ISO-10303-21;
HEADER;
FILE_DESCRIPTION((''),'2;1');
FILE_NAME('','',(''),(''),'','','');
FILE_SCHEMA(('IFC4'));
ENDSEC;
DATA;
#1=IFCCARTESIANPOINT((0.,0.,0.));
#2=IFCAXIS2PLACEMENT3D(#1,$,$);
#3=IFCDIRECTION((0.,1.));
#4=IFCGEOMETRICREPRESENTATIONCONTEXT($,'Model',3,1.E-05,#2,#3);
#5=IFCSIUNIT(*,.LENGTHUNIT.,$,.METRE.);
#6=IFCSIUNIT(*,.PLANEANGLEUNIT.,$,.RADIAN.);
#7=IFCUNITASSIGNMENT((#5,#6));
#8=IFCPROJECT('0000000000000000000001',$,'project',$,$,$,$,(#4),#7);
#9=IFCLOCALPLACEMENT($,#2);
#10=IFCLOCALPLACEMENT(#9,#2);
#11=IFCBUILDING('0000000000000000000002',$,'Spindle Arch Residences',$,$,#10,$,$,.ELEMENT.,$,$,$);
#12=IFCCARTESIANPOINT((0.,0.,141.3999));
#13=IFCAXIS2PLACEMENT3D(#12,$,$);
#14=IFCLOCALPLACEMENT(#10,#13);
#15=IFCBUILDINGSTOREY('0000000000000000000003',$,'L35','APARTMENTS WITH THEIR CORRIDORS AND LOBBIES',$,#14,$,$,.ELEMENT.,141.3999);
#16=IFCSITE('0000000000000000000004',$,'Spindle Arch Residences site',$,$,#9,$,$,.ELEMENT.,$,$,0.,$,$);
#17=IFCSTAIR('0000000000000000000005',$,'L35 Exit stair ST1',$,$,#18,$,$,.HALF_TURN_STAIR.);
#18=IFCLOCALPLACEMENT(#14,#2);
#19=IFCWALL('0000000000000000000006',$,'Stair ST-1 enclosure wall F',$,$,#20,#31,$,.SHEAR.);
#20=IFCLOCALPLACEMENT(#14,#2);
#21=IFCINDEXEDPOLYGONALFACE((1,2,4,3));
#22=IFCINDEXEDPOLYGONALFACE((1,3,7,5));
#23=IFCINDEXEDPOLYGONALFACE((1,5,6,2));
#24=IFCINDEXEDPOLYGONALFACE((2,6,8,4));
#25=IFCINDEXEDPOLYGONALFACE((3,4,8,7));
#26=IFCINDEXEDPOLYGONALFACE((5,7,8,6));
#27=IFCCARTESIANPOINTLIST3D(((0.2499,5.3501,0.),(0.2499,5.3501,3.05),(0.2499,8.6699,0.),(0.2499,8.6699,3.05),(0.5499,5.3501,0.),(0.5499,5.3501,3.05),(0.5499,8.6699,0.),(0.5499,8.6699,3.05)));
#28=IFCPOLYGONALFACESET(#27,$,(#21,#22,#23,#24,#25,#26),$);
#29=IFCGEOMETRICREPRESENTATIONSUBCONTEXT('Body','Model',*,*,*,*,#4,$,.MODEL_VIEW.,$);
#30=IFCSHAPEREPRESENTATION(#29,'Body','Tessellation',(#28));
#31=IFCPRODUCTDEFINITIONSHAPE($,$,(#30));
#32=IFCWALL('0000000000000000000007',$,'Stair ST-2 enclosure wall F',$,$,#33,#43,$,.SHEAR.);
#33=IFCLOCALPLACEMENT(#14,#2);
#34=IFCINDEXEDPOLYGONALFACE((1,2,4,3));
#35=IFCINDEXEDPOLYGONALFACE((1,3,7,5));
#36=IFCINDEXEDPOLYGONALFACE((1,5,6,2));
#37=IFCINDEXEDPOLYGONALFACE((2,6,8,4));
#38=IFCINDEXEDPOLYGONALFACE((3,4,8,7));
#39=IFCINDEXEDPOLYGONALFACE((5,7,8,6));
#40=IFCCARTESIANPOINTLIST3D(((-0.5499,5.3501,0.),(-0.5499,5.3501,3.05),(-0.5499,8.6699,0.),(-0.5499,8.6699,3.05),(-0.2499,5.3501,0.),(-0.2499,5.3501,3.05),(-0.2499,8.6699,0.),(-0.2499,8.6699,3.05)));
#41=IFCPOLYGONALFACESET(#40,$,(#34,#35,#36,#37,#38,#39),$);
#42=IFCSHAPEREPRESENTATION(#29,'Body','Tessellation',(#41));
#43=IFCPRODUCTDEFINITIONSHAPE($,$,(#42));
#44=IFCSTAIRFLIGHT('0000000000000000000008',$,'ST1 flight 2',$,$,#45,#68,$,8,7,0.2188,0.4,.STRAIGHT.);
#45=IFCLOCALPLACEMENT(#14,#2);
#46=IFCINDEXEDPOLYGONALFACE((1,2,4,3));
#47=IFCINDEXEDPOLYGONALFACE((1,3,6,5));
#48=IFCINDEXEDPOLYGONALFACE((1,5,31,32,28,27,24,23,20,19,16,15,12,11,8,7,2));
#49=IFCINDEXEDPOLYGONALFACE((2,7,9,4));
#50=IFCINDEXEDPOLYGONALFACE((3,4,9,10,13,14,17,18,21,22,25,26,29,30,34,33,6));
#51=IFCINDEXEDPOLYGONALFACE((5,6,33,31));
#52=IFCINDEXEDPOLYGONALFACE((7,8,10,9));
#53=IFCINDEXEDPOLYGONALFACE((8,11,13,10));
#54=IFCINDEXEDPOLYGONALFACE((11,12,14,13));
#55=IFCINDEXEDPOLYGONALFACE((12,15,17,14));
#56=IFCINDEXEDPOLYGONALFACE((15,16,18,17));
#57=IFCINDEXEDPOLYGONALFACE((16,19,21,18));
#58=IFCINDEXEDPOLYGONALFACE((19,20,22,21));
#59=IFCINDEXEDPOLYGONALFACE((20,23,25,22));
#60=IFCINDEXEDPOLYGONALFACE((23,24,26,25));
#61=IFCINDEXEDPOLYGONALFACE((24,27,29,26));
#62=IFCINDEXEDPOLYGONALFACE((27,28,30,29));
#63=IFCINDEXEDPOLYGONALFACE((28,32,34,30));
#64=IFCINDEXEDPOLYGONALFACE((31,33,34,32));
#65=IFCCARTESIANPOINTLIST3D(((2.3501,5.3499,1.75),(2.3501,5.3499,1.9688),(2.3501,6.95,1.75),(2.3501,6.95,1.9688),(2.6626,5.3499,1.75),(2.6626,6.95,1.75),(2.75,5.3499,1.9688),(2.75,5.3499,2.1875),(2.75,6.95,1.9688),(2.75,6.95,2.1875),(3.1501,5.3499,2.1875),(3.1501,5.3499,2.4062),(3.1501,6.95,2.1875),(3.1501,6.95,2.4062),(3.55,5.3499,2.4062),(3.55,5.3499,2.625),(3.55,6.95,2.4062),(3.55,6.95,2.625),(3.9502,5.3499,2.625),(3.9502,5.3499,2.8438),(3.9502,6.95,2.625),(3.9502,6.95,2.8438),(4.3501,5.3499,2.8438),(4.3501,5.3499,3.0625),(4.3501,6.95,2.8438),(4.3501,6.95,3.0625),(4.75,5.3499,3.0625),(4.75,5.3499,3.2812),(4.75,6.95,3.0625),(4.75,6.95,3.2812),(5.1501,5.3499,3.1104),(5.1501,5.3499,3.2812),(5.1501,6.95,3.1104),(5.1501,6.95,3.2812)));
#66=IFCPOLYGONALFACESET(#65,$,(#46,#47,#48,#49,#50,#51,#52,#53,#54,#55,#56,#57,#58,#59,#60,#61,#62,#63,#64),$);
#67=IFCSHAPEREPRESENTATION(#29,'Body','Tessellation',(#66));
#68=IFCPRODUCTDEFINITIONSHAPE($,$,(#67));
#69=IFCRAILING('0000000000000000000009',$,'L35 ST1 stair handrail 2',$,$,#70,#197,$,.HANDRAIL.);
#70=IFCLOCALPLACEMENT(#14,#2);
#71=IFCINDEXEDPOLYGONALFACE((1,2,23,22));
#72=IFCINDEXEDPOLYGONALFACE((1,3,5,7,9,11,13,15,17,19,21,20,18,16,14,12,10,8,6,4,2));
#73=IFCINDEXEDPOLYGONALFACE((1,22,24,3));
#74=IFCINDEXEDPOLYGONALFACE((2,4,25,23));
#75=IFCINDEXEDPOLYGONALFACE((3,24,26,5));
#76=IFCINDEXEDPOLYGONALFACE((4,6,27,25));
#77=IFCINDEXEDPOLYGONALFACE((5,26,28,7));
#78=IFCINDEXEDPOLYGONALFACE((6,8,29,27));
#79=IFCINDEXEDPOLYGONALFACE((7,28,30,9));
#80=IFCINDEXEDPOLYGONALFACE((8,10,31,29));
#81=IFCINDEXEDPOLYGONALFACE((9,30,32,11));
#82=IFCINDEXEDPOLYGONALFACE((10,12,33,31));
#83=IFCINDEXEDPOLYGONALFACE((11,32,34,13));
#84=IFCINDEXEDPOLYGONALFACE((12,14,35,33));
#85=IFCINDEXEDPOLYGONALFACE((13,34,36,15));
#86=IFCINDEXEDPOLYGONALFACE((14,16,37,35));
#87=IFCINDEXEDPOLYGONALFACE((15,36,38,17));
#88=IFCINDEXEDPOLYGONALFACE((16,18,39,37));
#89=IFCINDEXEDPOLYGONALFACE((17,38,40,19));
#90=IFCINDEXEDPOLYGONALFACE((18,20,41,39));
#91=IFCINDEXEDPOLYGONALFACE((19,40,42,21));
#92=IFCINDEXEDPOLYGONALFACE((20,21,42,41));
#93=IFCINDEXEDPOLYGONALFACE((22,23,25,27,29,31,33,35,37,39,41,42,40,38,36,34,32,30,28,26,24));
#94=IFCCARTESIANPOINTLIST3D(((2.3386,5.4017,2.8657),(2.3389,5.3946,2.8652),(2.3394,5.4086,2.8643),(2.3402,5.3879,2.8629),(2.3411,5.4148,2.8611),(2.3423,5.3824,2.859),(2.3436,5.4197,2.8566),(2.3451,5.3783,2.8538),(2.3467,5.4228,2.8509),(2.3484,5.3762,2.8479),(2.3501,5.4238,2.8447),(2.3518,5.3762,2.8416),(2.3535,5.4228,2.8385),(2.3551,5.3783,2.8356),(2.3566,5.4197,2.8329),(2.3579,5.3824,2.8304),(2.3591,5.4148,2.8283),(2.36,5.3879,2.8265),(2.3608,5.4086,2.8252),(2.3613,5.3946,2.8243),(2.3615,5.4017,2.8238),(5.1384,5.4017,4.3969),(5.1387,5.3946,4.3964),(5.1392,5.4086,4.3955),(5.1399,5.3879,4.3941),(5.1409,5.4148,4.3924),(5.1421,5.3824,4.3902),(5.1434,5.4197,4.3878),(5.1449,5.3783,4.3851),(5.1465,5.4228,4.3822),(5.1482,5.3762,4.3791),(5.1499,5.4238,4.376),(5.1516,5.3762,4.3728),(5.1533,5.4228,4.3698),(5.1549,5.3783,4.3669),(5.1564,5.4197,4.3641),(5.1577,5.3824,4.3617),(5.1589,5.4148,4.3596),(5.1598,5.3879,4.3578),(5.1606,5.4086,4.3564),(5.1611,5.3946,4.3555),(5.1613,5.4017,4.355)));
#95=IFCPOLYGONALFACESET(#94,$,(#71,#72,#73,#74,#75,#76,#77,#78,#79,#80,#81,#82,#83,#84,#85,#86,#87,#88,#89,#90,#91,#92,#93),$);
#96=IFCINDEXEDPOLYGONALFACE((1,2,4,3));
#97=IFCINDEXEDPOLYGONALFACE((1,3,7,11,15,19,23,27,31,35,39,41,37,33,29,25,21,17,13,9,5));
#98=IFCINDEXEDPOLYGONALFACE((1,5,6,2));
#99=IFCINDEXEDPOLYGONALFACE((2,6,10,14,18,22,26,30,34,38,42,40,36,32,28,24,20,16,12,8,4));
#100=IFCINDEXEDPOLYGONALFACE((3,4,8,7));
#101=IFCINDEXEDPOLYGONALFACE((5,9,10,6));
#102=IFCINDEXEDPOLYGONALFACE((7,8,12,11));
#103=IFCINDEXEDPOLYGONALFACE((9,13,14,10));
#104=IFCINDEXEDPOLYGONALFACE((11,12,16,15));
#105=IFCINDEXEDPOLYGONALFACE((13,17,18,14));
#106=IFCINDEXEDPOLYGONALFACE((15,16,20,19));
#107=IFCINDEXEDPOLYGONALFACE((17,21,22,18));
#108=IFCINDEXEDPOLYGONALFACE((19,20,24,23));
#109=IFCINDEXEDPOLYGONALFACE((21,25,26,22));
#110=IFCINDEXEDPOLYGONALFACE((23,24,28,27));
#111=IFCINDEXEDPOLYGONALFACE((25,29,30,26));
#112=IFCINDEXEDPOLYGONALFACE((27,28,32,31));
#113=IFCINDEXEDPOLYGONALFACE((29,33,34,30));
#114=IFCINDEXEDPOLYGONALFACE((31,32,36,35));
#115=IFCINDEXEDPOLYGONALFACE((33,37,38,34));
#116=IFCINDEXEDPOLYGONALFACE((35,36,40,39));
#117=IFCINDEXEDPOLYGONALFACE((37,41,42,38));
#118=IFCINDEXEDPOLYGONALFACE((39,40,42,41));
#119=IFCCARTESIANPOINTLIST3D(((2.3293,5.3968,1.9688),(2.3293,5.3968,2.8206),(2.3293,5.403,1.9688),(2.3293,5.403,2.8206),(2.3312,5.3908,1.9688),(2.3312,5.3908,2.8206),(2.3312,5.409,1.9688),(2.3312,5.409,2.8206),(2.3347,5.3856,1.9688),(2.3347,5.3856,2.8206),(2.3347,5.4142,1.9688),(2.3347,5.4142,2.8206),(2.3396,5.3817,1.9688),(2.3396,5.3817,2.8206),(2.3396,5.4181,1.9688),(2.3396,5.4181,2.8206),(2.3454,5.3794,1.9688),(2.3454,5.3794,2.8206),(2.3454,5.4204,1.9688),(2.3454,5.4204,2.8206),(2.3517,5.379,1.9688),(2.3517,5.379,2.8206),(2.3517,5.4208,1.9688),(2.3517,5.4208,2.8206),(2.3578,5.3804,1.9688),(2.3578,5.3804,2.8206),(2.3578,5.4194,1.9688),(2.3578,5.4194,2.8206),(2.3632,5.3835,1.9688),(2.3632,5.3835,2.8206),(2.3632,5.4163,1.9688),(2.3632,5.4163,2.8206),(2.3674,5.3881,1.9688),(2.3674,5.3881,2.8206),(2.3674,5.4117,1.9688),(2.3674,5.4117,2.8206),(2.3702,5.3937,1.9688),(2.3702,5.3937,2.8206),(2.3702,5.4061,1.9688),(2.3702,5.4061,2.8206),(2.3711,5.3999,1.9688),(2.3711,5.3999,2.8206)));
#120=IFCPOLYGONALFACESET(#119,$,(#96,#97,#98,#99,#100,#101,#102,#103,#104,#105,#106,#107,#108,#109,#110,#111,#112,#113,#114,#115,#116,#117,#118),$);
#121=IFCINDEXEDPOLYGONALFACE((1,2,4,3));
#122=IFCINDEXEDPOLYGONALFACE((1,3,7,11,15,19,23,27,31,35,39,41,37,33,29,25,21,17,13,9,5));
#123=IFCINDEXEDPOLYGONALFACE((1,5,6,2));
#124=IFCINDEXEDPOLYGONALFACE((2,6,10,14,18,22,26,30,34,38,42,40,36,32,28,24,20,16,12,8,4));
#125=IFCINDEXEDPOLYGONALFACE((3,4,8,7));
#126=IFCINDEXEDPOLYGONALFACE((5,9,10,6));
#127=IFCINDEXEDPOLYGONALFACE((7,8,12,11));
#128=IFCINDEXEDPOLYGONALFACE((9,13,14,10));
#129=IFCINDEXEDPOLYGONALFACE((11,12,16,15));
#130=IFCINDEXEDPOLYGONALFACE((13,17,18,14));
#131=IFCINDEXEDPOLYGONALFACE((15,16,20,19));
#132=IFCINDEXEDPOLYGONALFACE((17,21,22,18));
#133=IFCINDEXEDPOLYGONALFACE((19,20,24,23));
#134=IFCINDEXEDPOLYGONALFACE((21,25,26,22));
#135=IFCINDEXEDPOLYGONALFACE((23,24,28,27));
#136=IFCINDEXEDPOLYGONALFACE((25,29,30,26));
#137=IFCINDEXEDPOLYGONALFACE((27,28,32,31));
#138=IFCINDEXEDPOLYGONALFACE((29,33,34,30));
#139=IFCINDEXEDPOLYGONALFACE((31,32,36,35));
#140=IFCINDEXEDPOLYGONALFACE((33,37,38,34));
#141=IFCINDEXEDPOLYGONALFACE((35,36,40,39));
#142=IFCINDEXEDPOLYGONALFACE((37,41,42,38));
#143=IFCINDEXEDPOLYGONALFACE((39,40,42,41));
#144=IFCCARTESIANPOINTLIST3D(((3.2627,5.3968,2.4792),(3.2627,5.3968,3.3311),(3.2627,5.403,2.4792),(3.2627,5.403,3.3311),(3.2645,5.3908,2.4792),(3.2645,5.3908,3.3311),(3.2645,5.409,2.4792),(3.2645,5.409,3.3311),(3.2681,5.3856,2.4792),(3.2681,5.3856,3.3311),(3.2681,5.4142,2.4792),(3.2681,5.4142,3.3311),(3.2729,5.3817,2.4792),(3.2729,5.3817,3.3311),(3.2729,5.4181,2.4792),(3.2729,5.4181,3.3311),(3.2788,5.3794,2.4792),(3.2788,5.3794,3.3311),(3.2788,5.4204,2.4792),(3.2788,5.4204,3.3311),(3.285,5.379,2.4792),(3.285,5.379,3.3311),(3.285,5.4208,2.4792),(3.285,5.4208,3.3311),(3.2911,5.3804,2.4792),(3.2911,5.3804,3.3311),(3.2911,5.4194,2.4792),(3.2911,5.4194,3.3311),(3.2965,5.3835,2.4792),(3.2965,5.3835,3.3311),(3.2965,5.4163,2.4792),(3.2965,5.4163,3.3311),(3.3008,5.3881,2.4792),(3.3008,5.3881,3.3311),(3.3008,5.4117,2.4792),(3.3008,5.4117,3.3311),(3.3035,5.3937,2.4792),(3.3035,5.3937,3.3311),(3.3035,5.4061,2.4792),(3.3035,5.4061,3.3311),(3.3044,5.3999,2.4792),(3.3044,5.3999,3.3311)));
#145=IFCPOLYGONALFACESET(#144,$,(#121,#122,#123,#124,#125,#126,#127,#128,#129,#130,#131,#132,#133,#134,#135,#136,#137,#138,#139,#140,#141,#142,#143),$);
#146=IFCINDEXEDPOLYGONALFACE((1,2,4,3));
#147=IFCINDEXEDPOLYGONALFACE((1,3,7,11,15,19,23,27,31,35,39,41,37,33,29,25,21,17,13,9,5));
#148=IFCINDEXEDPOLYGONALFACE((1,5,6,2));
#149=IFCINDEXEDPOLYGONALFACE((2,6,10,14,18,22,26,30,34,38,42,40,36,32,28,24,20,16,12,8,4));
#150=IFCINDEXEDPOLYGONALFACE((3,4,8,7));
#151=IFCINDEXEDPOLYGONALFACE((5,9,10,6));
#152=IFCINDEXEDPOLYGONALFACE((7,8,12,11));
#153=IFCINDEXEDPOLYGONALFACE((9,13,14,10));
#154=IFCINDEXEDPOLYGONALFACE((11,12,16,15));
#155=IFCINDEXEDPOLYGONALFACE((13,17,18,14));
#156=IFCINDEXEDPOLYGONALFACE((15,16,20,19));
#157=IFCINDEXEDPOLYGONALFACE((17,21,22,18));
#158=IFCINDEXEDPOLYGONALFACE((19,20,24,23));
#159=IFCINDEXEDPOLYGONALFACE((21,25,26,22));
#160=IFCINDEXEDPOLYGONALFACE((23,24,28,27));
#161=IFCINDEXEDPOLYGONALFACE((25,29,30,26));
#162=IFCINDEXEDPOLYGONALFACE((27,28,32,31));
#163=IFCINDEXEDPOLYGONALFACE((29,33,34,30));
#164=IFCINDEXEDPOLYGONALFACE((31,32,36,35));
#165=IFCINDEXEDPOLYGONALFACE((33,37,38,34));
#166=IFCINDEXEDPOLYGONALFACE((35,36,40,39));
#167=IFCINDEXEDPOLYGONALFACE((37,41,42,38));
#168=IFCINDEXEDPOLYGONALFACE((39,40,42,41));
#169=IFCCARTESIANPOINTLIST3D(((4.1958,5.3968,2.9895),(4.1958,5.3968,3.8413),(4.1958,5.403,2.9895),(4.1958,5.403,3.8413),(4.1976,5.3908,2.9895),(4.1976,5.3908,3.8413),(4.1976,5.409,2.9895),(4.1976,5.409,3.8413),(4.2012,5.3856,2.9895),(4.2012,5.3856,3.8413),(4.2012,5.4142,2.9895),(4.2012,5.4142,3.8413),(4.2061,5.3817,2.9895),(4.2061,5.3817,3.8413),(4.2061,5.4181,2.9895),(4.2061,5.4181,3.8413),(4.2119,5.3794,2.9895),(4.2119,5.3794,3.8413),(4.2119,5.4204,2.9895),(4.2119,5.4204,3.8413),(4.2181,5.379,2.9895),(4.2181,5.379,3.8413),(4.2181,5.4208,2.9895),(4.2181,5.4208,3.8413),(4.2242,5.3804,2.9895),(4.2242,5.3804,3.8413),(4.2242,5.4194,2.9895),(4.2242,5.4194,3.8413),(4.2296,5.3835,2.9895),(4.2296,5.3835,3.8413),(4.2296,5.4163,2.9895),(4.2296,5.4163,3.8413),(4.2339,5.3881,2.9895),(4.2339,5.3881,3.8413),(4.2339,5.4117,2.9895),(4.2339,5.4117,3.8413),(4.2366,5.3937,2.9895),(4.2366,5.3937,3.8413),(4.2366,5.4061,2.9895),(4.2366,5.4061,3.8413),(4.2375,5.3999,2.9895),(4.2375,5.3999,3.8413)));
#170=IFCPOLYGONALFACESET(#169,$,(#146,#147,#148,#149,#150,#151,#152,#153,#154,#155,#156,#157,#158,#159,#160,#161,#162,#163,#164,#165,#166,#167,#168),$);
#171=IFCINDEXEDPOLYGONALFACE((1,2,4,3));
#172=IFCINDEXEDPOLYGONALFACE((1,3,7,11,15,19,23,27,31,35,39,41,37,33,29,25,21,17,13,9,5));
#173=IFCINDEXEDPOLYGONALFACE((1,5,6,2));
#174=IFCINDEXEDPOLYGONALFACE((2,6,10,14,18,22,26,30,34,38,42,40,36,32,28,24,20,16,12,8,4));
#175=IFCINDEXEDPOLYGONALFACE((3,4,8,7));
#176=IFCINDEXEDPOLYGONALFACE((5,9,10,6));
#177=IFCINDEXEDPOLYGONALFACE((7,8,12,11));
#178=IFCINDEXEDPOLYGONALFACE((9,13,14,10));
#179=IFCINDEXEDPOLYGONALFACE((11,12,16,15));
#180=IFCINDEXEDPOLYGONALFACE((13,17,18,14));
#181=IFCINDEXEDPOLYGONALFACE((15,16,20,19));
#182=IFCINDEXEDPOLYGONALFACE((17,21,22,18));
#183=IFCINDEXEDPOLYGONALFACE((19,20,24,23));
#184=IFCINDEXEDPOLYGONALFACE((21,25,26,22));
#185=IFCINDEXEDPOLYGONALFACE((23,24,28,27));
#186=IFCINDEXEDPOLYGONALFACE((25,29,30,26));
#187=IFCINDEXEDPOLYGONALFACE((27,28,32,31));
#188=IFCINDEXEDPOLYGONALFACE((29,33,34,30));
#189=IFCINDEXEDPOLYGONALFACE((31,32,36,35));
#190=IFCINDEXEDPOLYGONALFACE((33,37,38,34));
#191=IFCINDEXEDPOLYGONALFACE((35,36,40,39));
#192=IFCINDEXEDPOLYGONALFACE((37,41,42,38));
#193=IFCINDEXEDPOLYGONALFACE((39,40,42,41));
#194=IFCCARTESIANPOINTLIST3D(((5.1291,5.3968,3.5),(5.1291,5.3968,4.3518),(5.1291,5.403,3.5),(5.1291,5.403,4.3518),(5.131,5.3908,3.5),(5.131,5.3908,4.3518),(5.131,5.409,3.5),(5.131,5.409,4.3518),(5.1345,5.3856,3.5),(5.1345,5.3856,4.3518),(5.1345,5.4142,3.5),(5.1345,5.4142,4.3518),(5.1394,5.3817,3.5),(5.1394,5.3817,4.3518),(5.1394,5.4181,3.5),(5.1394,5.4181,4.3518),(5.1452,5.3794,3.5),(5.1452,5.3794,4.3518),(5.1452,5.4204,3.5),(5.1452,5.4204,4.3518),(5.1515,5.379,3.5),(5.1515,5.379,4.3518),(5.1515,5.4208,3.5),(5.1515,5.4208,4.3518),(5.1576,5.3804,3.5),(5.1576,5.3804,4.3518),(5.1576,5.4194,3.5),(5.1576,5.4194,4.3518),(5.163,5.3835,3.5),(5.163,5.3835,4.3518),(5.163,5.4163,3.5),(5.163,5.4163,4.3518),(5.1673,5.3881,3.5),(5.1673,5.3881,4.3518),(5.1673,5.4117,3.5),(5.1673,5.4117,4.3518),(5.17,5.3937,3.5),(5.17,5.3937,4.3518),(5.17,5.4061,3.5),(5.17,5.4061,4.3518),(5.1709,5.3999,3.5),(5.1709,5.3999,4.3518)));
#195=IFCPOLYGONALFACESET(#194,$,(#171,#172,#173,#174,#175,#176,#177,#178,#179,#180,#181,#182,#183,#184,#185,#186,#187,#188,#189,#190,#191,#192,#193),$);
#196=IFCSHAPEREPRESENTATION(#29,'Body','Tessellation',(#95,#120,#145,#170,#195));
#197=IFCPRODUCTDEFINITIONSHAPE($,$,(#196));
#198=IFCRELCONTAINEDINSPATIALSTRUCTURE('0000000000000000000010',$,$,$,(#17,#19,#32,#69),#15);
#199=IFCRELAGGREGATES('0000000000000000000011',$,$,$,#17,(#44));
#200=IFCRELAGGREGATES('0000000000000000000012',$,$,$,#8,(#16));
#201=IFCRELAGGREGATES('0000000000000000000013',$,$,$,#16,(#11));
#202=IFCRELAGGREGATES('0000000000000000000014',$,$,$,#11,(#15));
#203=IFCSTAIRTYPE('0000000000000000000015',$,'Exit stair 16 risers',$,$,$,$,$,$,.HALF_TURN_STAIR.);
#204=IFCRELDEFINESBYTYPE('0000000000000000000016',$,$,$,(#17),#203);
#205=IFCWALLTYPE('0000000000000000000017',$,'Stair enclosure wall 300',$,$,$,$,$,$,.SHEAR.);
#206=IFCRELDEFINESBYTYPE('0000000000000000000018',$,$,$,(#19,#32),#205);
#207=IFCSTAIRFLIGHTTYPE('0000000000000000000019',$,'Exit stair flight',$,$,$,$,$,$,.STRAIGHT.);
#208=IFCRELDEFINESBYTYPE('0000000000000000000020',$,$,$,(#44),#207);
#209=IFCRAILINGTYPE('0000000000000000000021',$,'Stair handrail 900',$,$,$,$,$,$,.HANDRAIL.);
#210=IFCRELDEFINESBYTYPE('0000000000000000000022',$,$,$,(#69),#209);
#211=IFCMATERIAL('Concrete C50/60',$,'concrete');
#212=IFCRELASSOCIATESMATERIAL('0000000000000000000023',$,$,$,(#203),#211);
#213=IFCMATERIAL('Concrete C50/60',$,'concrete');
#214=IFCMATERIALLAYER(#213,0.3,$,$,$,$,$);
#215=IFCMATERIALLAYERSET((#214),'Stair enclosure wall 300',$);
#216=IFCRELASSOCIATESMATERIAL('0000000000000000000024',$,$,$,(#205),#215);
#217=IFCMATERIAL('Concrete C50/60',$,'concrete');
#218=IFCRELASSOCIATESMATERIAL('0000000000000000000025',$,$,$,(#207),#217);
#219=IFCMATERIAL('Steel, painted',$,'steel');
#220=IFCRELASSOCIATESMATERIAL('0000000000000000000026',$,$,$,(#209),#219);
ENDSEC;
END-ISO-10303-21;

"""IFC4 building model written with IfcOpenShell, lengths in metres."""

from ifc_helpers import new_model, si_unit, direction, frame, frame_2d, origin, origin_2d, place, context, subcontext, project, spatial, polyline, rectangle, circle, outline, extrude, material, layer, layer_set, type_object, element, aggregate, save


model = new_model("IFC4")

# Units and contexts
model_context = context("Model", 3, precision=1e-05, world=origin(), true_north=direction((0.0, 1.0)))
body_context = subcontext(model_context, "Body", "Model", "MODEL_VIEW")
ifc_project = project(units=[si_unit("LENGTHUNIT", "METRE"), si_unit("PLANEANGLEUNIT", "RADIAN")], contexts=[model_context])

# Site, building, storey
site_placement = place(None, origin())
site = spatial("IfcSite", under=ifc_project, at=site_placement, Name="Spindle Arch Residences site", CompositionType="ELEMENT", RefElevation=0.0)
building_placement = place(site_placement, origin())
building = spatial("IfcBuilding", under=site, at=building_placement, Name="Spindle Arch Residences", CompositionType="ELEMENT")
storey_placement = place(building_placement, frame((0.0, 0.0, 141.3999)))
storey = spatial("IfcBuildingStorey", under=building, at=storey_placement, Name="L35", Description="APARTMENTS WITH THEIR CORRIDORS AND LOBBIES", CompositionType="ELEMENT", Elevation=141.3999)

# Stair
ifc_material_1 = material(Name="Concrete C50/60", Category="concrete")
stair_type = type_object("IfcStairType", Name="Exit stair 16 risers", PredefinedType="HALF_TURN_STAIR", material=ifc_material_1)
stair_1_placement = place(storey_placement, origin())
stair_1 = element("IfcStair", 1, at=stair_1_placement, inside=storey, type_object=stair_type, Name="L35 Exit stair ST1", PredefinedType="HALF_TURN_STAIR")

# Walls
ifc_material_2 = material(Name="Concrete C50/60", Category="concrete")
ifc_layer_1 = layer(ifc_material_2, 0.3)
ifc_layer_set_1 = layer_set([ifc_layer_1], Name="Stair enclosure wall 300")
wall_type_1 = type_object("IfcWallType", Name="Stair enclosure wall 300", PredefinedType="SHEAR", material=ifc_layer_set_1)
for number, where, z_axis, x_axis, name in (
    (2, (0.3999, 5.3501, 0.0), (0.0, 0.0, 1.0), (0.0, 1.0, 0.0), "Stair ST-1 enclosure wall F"),
    (3, (-0.3999, 5.3501, 0.0), (0.0, 0.0, 1.0), (0.0, 1.0, 0.0), "Stair ST-2 enclosure wall F"),
):
    element("IfcWall", number, at=place(storey_placement, frame(where, z_axis=z_axis, x_axis=x_axis)), inside=storey, type_object=wall_type_1, Name=name, PredefinedType="SHEAR", context=body_context, shape_type="SweptSolid", body=[
        extrude(rectangle(XDim=3.3198, YDim=0.3, at=frame_2d((1.6599, 0.0))), origin(), (0.0, 0.0, 1.0), 3.05),
    ])

# Stair flight
ifc_material_3 = material(Name="Concrete C50/60", Category="concrete")
stair_flight_type = type_object("IfcStairFlightType", Name="Exit stair flight", PredefinedType="STRAIGHT", material=ifc_material_3)
stair_flight_placement = place(storey_placement, frame((2.3501, 6.1499, 1.75), z_axis=(0.0, 0.0, 1.0), x_axis=(1.0, 0.0, 0.0)))
stair_flight = element("IfcStairFlight", 4, at=stair_flight_placement, type_object=stair_flight_type, Name="ST1 flight 2", NumberOfRisers=8, NumberOfTreads=7, PredefinedType="STRAIGHT", RiserHeight=0.2188, TreadLength=0.4, context=body_context, shape_type="SweptSolid", body=[
    extrude(outline(polyline([(0.0, 0.0), (0.0, 0.2188), (0.3999, 0.2188), (0.3999, 0.4375), (0.8, 0.4375), (0.8, 0.6562), (1.2, 0.6562), (1.2, 0.875), (1.6001, 0.875), (1.6001, 1.0938), (2.0, 1.0938), (2.0, 1.3125), (2.3999, 1.3125), (2.3999, 1.5312), (2.8, 1.5312), (2.8, 1.75), (2.8, 1.3604), (0.3125, 0.0), (0.0, 0.0)])), frame((0.0, 0.8, 0.0), z_axis=(0.0, -1.0, 0.0), x_axis=(1.0, 0.0, 0.0)), (0.0, 0.0, 1.0), 1.6001),
])
aggregate(stair_1, [stair_flight])

# Railing
ifc_material_4 = material(Name="Steel, painted", Category="steel")
railing_type = type_object("IfcRailingType", Name="Stair handrail 900", PredefinedType="HANDRAIL", material=ifc_material_4)
railing_placement = place(storey_placement, frame((2.3501, 5.3999, 1.9688)))
element("IfcRailing", 5, at=railing_placement, inside=storey, type_object=railing_type, Name="L35 ST1 stair handrail 2", PredefinedType="HANDRAIL", context=body_context, shape_type="SweptSolid", body=[
    extrude(circle(Radius=0.0239, at=origin_2d()), frame((0.0, 0.0, 0.876), z_axis=(0.877357, 0.0, 0.479838), x_axis=(0.0, 1.0, 0.0)), (0.0, 0.0, 1.0), 3.1912),
    extrude(circle(Radius=0.021, at=origin_2d()), origin(), (0.0, 0.0, 1.0), 0.8518),
    extrude(circle(Radius=0.021, at=origin_2d()), frame((0.9333, 0.0, 0.5105)), (0.0, 0.0, 1.0), 0.8518),
    extrude(circle(Radius=0.021, at=origin_2d()), frame((1.8665, 0.0, 1.0208)), (0.0, 0.0, 1.0), 0.8518),
    extrude(circle(Radius=0.021, at=origin_2d()), frame((2.7998, 0.0, 1.5312)), (0.0, 0.0, 1.0), 0.8518),
])

save(model, "model.ifc")
